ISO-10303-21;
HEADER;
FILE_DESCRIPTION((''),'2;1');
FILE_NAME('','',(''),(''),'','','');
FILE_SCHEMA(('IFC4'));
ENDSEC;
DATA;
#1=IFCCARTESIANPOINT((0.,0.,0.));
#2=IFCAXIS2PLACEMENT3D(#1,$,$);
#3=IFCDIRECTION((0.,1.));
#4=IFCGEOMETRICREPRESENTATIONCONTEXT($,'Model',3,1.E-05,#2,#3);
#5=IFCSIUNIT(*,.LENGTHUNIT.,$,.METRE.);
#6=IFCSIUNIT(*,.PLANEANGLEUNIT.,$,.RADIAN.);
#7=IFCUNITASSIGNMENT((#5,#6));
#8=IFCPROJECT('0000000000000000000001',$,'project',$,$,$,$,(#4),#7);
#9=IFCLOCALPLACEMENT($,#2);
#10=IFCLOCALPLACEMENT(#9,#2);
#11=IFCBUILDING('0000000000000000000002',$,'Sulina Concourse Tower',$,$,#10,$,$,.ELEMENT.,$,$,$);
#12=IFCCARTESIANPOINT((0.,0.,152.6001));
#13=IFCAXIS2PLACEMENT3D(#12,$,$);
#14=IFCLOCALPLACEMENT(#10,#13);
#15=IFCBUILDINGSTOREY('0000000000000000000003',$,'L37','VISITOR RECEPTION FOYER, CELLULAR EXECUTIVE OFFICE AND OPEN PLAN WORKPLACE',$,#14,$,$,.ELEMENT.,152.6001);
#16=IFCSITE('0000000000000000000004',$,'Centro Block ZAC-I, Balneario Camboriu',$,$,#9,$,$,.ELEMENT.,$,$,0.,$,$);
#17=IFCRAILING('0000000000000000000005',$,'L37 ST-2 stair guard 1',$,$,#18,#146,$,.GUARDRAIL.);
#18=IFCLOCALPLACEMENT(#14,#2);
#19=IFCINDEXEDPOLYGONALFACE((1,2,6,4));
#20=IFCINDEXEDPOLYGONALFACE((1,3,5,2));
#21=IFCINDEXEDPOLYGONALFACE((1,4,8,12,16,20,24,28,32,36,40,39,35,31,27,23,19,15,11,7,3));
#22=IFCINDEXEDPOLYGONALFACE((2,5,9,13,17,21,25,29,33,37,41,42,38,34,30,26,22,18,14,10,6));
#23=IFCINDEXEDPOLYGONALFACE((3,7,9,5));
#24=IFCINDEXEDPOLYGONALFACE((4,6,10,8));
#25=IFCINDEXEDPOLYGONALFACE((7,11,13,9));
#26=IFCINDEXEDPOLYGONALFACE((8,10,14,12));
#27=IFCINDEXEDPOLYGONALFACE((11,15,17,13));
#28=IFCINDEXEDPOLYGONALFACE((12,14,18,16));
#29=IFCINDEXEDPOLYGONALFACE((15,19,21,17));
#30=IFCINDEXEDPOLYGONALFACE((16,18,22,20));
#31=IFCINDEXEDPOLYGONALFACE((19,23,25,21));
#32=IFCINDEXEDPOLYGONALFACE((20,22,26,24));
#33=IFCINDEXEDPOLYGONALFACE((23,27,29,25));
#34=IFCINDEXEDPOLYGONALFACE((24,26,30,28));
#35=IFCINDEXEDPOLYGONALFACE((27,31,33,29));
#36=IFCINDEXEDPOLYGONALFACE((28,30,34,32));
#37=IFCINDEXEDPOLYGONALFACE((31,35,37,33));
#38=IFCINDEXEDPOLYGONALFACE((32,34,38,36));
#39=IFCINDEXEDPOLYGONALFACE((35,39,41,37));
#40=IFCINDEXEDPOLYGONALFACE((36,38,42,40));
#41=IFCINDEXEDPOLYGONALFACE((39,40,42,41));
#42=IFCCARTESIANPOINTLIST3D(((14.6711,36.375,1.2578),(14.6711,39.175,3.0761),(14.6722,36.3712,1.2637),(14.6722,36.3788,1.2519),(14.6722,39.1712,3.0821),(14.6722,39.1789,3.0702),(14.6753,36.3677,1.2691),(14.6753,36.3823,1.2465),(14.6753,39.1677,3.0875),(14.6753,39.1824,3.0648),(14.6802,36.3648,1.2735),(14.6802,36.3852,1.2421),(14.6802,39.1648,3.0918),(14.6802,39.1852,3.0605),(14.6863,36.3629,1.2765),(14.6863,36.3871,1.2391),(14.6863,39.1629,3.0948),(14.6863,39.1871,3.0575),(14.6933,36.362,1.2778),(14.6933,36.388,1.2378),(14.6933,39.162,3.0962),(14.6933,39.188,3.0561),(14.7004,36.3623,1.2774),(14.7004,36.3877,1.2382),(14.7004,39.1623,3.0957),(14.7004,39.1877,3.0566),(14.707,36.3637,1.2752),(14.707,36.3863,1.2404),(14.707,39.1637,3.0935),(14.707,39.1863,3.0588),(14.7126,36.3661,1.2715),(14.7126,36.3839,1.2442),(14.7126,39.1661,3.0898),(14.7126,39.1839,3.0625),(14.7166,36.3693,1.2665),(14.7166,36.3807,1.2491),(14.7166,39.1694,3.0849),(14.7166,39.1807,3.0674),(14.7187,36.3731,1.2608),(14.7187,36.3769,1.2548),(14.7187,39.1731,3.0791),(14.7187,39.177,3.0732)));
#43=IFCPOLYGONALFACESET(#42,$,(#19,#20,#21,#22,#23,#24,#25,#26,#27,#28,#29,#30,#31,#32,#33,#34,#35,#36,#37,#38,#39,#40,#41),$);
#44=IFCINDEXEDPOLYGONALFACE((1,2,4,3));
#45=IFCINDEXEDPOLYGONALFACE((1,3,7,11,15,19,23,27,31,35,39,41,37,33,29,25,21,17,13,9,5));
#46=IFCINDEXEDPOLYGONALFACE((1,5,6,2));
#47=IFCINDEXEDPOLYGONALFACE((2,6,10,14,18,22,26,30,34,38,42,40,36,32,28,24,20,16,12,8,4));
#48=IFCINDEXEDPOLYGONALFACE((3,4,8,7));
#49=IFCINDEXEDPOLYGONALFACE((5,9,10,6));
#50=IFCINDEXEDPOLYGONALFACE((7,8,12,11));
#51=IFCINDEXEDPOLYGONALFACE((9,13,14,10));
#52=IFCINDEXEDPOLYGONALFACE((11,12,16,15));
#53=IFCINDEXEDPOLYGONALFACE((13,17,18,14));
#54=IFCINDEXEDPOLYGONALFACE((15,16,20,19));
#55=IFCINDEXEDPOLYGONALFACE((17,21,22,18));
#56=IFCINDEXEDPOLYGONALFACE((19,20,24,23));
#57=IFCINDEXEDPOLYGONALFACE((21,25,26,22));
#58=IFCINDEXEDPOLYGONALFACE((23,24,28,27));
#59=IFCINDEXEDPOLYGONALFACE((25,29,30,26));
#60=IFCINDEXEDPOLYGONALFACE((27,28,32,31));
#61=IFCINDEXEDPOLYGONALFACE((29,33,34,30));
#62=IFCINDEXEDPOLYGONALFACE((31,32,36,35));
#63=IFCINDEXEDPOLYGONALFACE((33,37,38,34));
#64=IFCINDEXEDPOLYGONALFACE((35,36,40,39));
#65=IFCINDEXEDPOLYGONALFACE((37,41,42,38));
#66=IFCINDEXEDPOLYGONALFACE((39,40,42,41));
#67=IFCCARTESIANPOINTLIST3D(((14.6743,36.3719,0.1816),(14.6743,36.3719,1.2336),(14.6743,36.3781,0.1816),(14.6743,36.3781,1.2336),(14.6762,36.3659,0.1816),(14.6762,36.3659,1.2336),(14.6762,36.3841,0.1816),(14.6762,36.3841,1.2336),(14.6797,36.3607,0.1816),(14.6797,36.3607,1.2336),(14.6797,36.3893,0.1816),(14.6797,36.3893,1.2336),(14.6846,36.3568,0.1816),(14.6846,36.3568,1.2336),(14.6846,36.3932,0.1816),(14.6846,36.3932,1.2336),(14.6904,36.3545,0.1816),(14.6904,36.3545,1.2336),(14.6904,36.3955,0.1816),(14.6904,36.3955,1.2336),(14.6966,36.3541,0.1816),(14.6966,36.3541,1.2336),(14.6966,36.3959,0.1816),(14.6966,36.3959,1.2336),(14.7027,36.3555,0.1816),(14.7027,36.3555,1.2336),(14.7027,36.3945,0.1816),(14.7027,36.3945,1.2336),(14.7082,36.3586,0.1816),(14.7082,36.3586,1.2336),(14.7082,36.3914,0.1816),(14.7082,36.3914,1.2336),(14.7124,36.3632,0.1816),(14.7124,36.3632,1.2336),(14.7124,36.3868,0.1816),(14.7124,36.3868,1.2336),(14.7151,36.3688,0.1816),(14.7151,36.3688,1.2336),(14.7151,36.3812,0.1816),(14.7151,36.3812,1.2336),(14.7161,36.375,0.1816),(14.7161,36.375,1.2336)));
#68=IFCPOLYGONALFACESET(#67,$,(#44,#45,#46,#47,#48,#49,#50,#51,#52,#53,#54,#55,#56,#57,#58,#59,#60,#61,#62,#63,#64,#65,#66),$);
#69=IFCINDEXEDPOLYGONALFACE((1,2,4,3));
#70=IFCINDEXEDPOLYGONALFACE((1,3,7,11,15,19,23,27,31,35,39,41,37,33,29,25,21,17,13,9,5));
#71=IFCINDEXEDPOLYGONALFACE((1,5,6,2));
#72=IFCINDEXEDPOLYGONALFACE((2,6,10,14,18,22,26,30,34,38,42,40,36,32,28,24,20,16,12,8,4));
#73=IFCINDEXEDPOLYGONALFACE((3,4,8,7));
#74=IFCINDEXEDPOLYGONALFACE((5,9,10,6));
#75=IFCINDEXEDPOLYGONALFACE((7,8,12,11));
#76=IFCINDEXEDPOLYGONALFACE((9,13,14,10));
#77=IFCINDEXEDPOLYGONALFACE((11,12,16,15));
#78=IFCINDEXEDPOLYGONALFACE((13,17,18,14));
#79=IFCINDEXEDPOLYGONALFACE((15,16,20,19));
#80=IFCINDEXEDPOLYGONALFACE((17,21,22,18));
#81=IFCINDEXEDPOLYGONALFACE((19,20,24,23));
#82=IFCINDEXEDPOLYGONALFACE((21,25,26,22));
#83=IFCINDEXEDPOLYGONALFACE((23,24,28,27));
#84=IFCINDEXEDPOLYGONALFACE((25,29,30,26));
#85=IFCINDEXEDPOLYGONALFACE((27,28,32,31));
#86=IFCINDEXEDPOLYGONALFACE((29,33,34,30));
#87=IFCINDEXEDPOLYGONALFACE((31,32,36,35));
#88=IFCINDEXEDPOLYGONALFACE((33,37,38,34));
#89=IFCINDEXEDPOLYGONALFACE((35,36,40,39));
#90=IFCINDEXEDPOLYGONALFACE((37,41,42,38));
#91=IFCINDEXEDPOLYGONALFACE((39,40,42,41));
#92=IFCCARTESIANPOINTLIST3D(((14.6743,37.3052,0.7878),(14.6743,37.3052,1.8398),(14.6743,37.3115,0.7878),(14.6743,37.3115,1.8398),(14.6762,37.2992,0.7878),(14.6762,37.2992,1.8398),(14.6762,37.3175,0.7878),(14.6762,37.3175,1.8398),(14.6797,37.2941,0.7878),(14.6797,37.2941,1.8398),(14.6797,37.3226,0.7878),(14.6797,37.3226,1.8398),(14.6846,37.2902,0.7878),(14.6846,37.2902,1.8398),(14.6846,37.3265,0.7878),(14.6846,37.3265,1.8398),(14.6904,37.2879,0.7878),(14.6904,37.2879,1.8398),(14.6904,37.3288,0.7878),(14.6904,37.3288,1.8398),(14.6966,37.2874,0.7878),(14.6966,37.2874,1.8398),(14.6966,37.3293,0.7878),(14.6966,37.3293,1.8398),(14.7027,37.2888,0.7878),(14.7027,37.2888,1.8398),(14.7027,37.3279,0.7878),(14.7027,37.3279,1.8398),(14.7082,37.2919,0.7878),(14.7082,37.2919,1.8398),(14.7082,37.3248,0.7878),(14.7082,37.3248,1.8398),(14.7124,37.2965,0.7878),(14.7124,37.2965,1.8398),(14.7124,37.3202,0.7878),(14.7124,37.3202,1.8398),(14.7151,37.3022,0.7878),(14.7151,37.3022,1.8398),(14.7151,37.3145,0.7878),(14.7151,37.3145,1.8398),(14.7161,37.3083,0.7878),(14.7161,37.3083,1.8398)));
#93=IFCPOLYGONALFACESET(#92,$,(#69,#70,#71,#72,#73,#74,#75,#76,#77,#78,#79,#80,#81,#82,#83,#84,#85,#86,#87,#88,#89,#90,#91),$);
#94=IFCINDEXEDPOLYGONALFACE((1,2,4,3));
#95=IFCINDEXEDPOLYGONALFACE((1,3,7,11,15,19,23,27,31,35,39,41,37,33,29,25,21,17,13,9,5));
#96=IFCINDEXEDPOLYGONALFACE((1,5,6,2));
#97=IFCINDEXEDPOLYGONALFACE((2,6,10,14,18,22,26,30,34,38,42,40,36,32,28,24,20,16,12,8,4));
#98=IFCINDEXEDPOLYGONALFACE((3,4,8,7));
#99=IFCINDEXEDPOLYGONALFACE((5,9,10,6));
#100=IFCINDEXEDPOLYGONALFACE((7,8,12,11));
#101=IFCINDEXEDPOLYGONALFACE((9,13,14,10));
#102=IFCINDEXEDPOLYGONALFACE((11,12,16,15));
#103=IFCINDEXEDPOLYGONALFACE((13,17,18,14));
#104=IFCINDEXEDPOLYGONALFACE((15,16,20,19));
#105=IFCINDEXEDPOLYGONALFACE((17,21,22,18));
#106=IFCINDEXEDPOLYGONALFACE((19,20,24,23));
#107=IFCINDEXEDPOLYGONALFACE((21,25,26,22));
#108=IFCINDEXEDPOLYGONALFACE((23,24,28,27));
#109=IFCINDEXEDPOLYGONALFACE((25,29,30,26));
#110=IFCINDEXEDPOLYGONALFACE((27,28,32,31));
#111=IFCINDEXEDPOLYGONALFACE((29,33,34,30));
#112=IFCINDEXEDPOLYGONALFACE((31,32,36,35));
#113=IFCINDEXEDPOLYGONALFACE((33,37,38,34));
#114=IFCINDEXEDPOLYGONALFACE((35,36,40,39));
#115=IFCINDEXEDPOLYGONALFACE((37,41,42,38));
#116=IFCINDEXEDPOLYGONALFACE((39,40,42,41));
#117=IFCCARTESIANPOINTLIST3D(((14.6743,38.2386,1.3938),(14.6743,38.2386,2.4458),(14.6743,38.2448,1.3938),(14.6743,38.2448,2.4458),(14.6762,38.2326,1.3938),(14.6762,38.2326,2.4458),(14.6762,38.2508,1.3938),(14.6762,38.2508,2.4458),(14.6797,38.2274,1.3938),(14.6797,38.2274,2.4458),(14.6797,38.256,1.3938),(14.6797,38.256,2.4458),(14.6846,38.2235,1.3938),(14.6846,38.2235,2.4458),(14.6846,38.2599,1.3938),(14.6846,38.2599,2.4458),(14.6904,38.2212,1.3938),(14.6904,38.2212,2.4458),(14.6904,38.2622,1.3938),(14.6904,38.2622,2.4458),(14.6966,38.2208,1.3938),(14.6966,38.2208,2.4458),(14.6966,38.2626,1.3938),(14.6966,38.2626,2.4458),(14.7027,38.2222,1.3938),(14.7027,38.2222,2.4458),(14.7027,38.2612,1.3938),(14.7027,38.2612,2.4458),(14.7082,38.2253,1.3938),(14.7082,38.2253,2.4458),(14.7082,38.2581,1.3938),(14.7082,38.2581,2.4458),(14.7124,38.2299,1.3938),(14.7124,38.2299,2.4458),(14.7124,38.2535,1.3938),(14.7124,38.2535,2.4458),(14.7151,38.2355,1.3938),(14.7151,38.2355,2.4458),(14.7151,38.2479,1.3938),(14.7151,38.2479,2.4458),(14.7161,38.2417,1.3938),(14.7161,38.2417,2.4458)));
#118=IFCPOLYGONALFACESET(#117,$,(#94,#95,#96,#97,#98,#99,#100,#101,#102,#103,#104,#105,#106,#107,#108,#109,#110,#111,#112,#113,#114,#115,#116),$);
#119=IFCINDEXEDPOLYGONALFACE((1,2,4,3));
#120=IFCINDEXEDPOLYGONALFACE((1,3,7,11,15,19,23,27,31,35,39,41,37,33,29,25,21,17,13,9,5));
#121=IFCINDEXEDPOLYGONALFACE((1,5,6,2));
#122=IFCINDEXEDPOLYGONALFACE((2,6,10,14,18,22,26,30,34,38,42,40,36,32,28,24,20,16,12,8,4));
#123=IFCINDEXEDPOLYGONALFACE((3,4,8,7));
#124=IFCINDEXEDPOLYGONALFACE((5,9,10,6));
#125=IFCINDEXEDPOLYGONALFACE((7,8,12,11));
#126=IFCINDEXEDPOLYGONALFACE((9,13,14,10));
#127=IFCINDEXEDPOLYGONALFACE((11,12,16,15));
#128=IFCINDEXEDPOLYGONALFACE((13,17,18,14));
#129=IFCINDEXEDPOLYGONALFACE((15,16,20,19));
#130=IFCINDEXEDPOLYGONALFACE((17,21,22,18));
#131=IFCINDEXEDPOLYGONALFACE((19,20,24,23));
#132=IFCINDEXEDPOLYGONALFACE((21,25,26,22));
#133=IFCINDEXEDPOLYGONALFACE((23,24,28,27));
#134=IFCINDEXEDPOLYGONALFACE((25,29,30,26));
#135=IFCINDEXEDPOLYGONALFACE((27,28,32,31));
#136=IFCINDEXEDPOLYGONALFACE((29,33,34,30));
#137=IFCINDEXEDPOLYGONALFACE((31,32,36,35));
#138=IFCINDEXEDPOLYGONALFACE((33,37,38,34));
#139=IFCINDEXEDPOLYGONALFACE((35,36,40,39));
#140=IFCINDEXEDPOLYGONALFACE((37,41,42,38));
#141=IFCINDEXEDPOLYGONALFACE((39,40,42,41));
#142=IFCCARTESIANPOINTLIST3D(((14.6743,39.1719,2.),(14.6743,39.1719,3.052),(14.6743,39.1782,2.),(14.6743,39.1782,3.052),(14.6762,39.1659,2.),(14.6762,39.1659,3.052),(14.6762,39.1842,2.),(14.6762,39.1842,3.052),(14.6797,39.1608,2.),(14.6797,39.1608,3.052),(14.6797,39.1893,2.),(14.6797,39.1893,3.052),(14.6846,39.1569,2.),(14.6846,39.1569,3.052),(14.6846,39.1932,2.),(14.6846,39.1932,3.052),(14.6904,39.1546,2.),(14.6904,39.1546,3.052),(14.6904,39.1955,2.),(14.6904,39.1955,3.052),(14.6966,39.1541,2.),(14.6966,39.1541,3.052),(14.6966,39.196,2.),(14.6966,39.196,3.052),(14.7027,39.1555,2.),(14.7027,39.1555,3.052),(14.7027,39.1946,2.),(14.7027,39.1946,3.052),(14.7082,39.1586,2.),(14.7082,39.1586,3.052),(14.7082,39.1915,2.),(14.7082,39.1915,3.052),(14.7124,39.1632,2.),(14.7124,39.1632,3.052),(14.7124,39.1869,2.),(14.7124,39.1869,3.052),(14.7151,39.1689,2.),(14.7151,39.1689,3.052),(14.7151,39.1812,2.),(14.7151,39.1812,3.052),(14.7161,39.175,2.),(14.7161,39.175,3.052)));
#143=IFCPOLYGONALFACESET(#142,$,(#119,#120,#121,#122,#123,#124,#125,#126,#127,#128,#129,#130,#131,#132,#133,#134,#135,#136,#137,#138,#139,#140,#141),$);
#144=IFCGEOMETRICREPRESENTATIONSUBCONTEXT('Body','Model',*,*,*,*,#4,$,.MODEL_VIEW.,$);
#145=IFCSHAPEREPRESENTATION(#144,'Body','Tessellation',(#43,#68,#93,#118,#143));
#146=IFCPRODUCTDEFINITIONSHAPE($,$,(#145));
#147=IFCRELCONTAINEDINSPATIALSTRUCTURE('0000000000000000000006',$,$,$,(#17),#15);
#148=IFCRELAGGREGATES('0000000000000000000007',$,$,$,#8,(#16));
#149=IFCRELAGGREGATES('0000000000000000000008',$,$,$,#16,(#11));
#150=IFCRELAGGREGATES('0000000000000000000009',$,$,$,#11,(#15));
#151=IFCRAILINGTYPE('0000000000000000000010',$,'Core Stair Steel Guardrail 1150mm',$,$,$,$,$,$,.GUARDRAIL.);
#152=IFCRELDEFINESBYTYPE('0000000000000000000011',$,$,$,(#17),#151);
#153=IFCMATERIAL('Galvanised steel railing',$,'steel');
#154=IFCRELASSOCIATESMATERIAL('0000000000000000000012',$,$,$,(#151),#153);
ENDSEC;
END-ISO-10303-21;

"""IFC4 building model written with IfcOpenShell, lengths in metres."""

from ifc_helpers import new_model, si_unit, direction, frame, origin, origin_2d, place, context, subcontext, project, spatial, circle, extrude, material, type_object, element, save


model = new_model("IFC4")

# Units and contexts
model_context = context("Model", 3, precision=1e-05, world=origin(), true_north=direction((0.0, 1.0)))
body_context = subcontext(model_context, "Body", "Model", "MODEL_VIEW")
ifc_project = project(units=[si_unit("LENGTHUNIT", "METRE"), si_unit("PLANEANGLEUNIT", "RADIAN")], contexts=[model_context])

# Site, building, storey
site_placement = place(None, origin())
site = spatial("IfcSite", under=ifc_project, at=site_placement, Name="Centro Block ZAC-I, Balneario Camboriu", CompositionType="ELEMENT", RefElevation=0.0)
building_placement = place(site_placement, origin())
building = spatial("IfcBuilding", under=site, at=building_placement, Name="Sulina Concourse Tower", CompositionType="ELEMENT")
storey_placement = place(building_placement, frame((0.0, 0.0, 152.6001)))
storey = spatial("IfcBuildingStorey", under=building, at=storey_placement, Name="L37", Description="VISITOR RECEPTION FOYER, CELLULAR EXECUTIVE OFFICE AND OPEN PLAN WORKPLACE", CompositionType="ELEMENT", Elevation=152.6001)

# Railing
ifc_material_1 = material(Name="Galvanised steel railing", Category="steel")
railing_type_1 = type_object("IfcRailingType", Name="Core Stair Steel Guardrail 1150mm", PredefinedType="GUARDRAIL", material=ifc_material_1)
railing_1_placement = place(storey_placement, frame((14.6951, 36.375, 0.1816)))
element("IfcRailing", 1, at=railing_1_placement, inside=storey, type_object=railing_type_1, Name="L37 ST-2 stair guard 1", PredefinedType="GUARDRAIL", context=body_context, shape_type="SweptSolid", body=[
    extrude(circle(Radius=0.0239, at=origin_2d()), frame((0.0, 0.0, 1.0762), z_axis=(0.0, 0.838672, 0.544636), x_axis=(-1.0, 0.0, 0.0)), (0.0, 0.0, 1.0), 3.3386),
    extrude(circle(Radius=0.021, at=origin_2d()), origin(), (0.0, 0.0, 1.0), 1.052),
    extrude(circle(Radius=0.021, at=origin_2d()), frame((0.0, 0.9333, 0.6062)), (0.0, 0.0, 1.0), 1.052),
    extrude(circle(Radius=0.021, at=origin_2d()), frame((0.0, 1.8667, 1.2122)), (0.0, 0.0, 1.0), 1.052),
    extrude(circle(Radius=0.021, at=origin_2d()), frame((0.0, 2.8, 1.8184)), (0.0, 0.0, 1.0), 1.052),
])

save(model, "model.ifc")
